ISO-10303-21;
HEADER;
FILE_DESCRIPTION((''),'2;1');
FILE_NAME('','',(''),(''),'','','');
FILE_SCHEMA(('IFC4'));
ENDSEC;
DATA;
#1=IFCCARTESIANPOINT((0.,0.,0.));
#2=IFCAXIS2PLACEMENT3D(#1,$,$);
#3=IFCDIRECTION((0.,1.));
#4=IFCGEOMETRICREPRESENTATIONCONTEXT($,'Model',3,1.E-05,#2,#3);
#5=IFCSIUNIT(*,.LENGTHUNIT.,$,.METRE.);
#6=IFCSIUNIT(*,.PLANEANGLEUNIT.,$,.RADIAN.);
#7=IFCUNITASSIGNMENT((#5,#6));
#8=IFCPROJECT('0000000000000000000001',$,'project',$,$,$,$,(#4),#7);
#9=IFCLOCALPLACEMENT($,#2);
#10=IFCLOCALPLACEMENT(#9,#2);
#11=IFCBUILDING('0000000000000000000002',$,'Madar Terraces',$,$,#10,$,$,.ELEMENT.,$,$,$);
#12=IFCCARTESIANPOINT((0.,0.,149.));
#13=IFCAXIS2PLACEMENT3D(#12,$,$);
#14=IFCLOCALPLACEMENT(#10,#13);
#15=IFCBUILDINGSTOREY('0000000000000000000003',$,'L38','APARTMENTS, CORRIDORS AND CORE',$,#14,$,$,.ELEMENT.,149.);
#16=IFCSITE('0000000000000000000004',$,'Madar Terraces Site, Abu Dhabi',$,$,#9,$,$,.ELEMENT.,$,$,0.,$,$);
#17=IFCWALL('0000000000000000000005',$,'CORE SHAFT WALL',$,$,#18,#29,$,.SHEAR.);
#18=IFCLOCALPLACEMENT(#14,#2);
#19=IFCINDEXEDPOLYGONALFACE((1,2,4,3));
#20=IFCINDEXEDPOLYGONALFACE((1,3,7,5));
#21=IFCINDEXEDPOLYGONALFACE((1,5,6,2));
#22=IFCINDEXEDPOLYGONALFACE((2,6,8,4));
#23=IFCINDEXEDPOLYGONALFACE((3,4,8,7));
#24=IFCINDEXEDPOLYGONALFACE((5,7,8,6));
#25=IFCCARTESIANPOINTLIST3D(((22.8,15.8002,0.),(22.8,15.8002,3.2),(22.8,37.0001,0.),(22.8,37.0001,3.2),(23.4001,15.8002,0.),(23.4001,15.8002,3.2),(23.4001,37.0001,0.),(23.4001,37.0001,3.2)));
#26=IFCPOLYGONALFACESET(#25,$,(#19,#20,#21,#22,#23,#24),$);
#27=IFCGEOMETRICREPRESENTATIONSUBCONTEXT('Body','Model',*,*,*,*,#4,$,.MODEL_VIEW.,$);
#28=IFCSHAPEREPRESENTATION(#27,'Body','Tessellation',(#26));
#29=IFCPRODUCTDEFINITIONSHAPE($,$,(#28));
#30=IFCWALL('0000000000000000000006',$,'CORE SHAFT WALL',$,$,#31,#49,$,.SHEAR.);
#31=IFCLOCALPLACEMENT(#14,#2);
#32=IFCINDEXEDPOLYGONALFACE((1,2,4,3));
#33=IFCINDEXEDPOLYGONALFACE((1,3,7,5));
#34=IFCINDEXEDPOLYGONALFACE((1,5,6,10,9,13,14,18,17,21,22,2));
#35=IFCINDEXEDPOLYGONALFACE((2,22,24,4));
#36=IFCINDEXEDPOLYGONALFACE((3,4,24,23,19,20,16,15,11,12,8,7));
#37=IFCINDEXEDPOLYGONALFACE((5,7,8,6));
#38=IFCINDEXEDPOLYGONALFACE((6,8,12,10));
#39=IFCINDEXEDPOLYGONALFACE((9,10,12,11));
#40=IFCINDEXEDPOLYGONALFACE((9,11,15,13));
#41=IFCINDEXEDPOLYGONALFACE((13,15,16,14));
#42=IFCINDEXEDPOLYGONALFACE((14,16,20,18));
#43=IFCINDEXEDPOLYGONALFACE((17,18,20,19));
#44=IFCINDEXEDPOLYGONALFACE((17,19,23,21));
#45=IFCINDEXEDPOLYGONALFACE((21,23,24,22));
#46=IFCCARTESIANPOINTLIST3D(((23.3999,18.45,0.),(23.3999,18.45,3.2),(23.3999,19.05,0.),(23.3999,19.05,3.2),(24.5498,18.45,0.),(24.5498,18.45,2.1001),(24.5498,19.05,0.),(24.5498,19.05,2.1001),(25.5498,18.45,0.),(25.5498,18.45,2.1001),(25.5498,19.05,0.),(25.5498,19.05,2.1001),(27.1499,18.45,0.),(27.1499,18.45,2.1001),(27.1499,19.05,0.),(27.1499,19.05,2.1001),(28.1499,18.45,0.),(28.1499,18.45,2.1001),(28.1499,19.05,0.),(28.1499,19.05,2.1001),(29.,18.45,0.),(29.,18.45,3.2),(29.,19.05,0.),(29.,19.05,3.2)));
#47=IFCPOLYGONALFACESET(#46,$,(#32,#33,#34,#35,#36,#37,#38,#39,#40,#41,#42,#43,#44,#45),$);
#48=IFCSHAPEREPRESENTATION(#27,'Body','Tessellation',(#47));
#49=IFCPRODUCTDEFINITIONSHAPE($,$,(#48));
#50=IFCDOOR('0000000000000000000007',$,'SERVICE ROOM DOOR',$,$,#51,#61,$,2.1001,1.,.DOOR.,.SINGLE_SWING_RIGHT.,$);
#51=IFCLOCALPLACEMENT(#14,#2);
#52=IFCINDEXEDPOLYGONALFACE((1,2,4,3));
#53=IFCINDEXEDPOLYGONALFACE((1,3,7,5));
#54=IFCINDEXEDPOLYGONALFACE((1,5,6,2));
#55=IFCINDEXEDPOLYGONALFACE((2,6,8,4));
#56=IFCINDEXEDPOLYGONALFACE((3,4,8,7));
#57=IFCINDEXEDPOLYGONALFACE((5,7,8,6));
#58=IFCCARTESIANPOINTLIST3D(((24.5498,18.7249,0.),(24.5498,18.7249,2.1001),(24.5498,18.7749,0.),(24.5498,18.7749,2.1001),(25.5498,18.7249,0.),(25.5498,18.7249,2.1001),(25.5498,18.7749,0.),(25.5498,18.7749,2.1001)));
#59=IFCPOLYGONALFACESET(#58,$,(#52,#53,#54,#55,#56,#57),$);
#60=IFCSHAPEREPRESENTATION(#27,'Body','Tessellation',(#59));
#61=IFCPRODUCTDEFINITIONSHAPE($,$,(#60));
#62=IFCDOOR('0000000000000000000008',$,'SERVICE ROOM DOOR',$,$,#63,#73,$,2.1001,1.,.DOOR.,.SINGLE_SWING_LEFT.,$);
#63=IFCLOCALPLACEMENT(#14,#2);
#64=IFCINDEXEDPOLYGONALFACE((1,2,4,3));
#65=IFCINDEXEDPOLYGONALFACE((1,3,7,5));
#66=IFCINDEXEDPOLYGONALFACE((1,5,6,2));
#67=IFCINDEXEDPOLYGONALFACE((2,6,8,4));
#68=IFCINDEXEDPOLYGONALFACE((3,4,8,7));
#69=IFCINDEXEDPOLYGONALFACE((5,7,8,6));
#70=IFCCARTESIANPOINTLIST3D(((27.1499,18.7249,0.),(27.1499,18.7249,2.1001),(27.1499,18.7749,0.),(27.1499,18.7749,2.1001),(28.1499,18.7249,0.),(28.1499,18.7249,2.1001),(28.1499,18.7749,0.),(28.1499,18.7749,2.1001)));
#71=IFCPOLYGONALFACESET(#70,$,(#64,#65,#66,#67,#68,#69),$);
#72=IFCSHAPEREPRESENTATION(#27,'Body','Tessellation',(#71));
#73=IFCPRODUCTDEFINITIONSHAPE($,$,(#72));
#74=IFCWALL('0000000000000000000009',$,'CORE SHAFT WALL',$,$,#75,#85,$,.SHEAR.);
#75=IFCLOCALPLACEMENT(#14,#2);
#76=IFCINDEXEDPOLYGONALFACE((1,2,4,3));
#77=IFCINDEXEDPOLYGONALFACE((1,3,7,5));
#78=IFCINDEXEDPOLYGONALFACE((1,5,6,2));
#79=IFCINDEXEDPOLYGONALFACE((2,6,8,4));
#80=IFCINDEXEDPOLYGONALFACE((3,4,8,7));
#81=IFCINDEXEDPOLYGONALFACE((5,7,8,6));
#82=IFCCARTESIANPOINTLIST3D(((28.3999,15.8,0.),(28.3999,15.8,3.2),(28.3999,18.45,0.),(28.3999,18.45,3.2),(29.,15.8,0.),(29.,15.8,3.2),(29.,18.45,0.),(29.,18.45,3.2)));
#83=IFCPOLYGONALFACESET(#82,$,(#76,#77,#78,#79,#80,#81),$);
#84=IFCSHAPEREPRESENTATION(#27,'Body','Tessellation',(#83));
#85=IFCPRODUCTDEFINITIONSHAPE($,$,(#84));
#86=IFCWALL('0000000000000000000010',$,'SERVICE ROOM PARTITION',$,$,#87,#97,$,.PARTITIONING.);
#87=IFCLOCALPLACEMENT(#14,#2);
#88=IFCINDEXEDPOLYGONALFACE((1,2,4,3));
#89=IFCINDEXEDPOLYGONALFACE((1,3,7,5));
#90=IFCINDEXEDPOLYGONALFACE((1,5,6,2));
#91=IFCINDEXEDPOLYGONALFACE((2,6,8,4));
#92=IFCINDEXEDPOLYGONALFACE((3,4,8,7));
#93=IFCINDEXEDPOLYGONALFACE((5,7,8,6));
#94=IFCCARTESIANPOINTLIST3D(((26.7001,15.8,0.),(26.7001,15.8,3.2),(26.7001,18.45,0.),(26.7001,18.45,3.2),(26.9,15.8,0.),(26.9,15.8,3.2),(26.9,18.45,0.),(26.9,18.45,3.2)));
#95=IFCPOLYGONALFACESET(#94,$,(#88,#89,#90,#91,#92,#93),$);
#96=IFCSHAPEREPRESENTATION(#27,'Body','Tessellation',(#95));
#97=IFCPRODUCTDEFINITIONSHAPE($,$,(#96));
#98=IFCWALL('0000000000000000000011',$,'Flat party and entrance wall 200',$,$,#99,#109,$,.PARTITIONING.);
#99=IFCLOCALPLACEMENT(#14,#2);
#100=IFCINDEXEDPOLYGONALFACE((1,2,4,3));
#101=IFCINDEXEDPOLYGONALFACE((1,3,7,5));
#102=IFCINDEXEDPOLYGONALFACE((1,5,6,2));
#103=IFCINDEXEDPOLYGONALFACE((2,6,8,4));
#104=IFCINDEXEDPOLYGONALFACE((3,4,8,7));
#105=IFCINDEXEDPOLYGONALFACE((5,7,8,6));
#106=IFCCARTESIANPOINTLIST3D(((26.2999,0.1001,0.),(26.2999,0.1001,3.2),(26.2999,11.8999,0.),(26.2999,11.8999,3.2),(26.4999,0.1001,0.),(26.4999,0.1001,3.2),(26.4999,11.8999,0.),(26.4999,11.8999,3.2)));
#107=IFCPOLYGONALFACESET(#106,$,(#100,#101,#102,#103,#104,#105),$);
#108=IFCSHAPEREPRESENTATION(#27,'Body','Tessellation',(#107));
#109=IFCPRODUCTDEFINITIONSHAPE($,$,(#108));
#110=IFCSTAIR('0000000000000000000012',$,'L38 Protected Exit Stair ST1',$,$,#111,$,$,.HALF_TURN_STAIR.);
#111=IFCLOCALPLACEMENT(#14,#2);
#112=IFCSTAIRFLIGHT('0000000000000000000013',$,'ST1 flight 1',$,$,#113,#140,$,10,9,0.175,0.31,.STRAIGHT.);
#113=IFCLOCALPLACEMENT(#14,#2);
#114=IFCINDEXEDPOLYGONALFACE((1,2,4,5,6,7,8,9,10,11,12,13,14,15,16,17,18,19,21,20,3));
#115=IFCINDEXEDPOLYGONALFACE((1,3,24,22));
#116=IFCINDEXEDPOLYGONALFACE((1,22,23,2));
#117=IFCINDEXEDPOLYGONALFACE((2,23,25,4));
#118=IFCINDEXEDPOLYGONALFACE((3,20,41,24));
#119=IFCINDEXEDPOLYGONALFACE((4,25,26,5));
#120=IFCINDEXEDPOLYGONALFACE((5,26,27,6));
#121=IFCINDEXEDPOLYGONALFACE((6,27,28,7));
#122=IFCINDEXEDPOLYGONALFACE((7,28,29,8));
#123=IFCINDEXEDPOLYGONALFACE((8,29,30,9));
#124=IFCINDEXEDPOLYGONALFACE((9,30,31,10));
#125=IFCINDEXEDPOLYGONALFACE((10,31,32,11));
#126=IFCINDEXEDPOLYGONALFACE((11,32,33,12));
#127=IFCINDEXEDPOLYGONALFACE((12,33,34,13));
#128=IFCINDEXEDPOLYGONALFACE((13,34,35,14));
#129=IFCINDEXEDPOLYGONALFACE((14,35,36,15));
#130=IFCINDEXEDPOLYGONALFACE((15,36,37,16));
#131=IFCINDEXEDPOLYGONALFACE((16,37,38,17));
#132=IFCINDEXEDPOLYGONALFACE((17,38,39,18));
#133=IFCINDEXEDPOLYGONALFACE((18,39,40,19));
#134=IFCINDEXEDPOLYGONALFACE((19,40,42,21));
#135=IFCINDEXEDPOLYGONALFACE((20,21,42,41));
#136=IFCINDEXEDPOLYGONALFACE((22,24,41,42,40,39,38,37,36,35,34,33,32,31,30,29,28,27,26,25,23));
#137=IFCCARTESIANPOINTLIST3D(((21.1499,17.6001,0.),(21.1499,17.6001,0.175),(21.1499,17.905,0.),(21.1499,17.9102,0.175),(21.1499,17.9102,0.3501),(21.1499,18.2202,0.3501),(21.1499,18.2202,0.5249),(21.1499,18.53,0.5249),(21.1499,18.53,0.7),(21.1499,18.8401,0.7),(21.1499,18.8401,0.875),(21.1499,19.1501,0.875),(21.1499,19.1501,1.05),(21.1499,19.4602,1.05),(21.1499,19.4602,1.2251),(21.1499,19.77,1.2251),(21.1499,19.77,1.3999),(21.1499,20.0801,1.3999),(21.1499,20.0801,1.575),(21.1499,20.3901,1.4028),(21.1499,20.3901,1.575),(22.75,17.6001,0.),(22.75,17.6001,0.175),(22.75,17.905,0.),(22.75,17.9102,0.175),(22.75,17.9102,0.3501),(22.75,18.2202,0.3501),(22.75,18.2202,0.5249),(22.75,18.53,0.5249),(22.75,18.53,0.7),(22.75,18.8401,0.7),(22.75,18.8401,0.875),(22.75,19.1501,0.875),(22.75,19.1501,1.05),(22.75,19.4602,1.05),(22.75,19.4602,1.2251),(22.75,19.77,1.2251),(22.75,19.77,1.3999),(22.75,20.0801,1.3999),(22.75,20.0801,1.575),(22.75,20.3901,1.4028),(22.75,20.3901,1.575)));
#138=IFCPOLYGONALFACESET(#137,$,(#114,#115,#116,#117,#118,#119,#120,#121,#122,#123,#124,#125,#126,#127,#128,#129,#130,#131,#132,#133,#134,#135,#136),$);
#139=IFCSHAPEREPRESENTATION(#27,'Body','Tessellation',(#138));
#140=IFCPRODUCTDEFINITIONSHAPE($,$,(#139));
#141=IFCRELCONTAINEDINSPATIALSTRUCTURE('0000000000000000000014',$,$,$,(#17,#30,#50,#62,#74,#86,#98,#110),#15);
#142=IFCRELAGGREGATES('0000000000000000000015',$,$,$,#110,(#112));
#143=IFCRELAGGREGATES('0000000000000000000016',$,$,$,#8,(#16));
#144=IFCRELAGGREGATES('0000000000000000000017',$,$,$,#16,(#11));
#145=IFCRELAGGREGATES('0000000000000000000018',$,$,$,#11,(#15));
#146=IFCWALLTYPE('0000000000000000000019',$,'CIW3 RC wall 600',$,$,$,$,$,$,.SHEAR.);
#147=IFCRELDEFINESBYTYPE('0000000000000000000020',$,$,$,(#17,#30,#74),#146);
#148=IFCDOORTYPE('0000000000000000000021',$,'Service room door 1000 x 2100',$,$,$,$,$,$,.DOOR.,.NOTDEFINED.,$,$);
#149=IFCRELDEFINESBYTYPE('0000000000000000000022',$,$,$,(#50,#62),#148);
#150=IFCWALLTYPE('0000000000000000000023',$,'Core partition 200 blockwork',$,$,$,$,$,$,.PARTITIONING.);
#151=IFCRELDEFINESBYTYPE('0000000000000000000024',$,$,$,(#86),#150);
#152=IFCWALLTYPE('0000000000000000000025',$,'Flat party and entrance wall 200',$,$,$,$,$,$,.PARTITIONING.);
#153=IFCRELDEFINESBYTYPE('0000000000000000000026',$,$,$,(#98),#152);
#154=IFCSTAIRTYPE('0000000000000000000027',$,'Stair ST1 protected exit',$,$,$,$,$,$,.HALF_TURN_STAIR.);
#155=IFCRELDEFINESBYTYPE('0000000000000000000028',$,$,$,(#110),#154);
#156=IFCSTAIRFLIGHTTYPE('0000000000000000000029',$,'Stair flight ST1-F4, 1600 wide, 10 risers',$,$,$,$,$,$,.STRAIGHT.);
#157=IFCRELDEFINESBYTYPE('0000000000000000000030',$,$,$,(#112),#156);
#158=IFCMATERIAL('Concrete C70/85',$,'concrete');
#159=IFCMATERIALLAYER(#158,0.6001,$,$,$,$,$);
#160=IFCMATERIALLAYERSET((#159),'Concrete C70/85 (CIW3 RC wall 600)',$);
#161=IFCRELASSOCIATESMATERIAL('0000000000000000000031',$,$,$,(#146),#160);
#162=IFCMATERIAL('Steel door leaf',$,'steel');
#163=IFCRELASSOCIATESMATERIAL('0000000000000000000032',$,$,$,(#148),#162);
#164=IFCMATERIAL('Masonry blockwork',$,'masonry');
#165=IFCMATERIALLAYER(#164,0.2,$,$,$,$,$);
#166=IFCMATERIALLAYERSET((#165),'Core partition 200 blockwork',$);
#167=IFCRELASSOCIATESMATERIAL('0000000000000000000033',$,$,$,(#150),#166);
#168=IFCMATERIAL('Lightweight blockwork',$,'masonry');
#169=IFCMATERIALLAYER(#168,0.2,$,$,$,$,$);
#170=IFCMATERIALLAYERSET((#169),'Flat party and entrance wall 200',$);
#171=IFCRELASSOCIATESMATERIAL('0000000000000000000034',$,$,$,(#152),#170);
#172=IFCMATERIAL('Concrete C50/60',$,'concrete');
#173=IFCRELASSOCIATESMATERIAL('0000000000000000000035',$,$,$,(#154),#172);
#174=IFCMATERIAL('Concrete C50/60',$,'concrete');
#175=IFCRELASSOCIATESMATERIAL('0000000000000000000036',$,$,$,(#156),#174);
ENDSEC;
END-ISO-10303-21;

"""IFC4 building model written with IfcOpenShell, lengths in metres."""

from ifc_helpers import new_model, si_unit, direction, frame, frame_2d, origin, place, context, subcontext, project, spatial, polyline, rectangle, outline, extrude, material, layer, layer_set, type_object, element, fill, aggregate, save


model = new_model("IFC4")

# Units and contexts
model_context = context("Model", 3, precision=1e-05, world=origin(), true_north=direction((0.0, 1.0)))
body_context = subcontext(model_context, "Body", "Model", "MODEL_VIEW")
ifc_project = project(units=[si_unit("LENGTHUNIT", "METRE"), si_unit("PLANEANGLEUNIT", "RADIAN")], contexts=[model_context])

# Site, building, storey
site_placement = place(None, origin())
site = spatial("IfcSite", under=ifc_project, at=site_placement, Name="Madar Terraces Site, Abu Dhabi", CompositionType="ELEMENT", RefElevation=0.0)
building_placement = place(site_placement, origin())
building = spatial("IfcBuilding", under=site, at=building_placement, Name="Madar Terraces", CompositionType="ELEMENT")
storey_placement = place(building_placement, frame((0.0, 0.0, 149.0)))
storey = spatial("IfcBuildingStorey", under=building, at=storey_placement, Name="L38", Description="APARTMENTS, CORRIDORS AND CORE", CompositionType="ELEMENT", Elevation=149.0)

# Wall
ifc_material_1 = material(Name="Concrete C70/85", Category="concrete")
ifc_layer_1 = layer(ifc_material_1, 0.6001)
ifc_layer_set_1 = layer_set([ifc_layer_1], Name="Concrete C70/85 (CIW3 RC wall 600)")
wall_type_1 = type_object("IfcWallType", Name="CIW3 RC wall 600", PredefinedType="SHEAR", material=ifc_layer_set_1)
wall_1_placement = place(storey_placement, frame((23.1001, 15.8, 0.0), z_axis=(0.0, 0.0, 1.0), x_axis=(0.0, 1.0, 0.0)))
element("IfcWall", 1, at=wall_1_placement, inside=storey, type_object=wall_type_1, Name="CORE SHAFT WALL", PredefinedType="SHEAR", context=body_context, shape_type="SweptSolid", body=[
    extrude(rectangle(XDim=21.2, YDim=0.6001, at=frame_2d((10.6001, 0.0))), origin(), (0.0, 0.0, 1.0), 3.2),
])

# Wall, openings, doors
wall_2_placement = place(storey_placement, frame((23.3999, 18.75, 0.0), z_axis=(0.0, 0.0, 1.0), x_axis=(1.0, 0.0, 0.0)))
wall_2 = element("IfcWall", 2, at=wall_2_placement, inside=storey, type_object=wall_type_1, Name="CORE SHAFT WALL", PredefinedType="SHEAR", context=body_context, shape_type="SweptSolid", body=[
    extrude(rectangle(XDim=5.6001, YDim=0.6001, at=frame_2d((2.8, 0.0))), origin(), (0.0, 0.0, 1.0), 3.2),
])
opening_1_placement = place(wall_2_placement, frame((1.1499, 0.0, 0.0)))
opening_1 = element("IfcOpeningElement", 3, at=opening_1_placement, cuts=wall_2, PredefinedType="OPENING", context=body_context, shape_type="SweptSolid", body=[
    extrude(rectangle(XDim=1.0, YDim=2.1001, at=frame_2d((0.5, 1.05))), frame((0.0, 0.3101, 0.0), z_axis=(0.0, -1.0, 0.0), x_axis=(1.0, 0.0, 0.0)), (0.0, 0.0, 1.0), 0.6201),
])
opening_2_placement = place(wall_2_placement, frame((3.75, 0.0, 0.0)))
opening_2 = element("IfcOpeningElement", 4, at=opening_2_placement, cuts=wall_2, PredefinedType="OPENING", context=body_context, shape_type="SweptSolid", body=[
    extrude(rectangle(XDim=1.0, YDim=2.1001, at=frame_2d((0.5, 1.05))), frame((0.0, 0.3101, 0.0), z_axis=(0.0, -1.0, 0.0), x_axis=(1.0, 0.0, 0.0)), (0.0, 0.0, 1.0), 0.6201),
])
ifc_material_2 = material(Name="Steel door leaf", Category="steel")
door_type = type_object("IfcDoorType", Name="Service room door 1000 x 2100", OperationType="NOTDEFINED", PredefinedType="DOOR", material=ifc_material_2)
door_1_placement = place(opening_1_placement, origin())
door_1 = element("IfcDoor", 5, at=door_1_placement, inside=storey, type_object=door_type, Name="SERVICE ROOM DOOR", OperationType="SINGLE_SWING_RIGHT", OverallHeight=2.1001, OverallWidth=1.0, PredefinedType="DOOR", context=body_context, shape_type="SweptSolid", body=[
    extrude(rectangle(XDim=1.0, YDim=2.1001, at=frame_2d((0.5, 1.05))), frame((0.0, 0.0249, 0.0), z_axis=(0.0, -1.0, 0.0), x_axis=(1.0, 0.0, 0.0)), (0.0, 0.0, 1.0), 0.05),
])
fill(opening_1, door_1)
door_2_placement = place(opening_2_placement, origin())
door_2 = element("IfcDoor", 6, at=door_2_placement, inside=storey, type_object=door_type, Name="SERVICE ROOM DOOR", OperationType="SINGLE_SWING_LEFT", OverallHeight=2.1001, OverallWidth=1.0, PredefinedType="DOOR", context=body_context, shape_type="SweptSolid", body=[
    extrude(rectangle(XDim=1.0, YDim=2.1001, at=frame_2d((0.5, 1.05))), frame((0.0, 0.0249, 0.0), z_axis=(0.0, -1.0, 0.0), x_axis=(1.0, 0.0, 0.0)), (0.0, 0.0, 1.0), 0.05),
])
fill(opening_2, door_2)

# Walls
wall_3_placement = place(storey_placement, frame((28.7, 15.8, 0.0), z_axis=(0.0, 0.0, 1.0), x_axis=(0.0, 1.0, 0.0)))
element("IfcWall", 7, at=wall_3_placement, inside=storey, type_object=wall_type_1, Name="CORE SHAFT WALL", PredefinedType="SHEAR", context=body_context, shape_type="SweptSolid", body=[
    extrude(rectangle(XDim=2.6499, YDim=0.6001, at=frame_2d((1.325, 0.0))), origin(), (0.0, 0.0, 1.0), 3.2),
])
ifc_material_3 = material(Name="Masonry blockwork", Category="masonry")
ifc_layer_2 = layer(ifc_material_3, 0.2)
ifc_layer_set_2 = layer_set([ifc_layer_2], Name="Core partition 200 blockwork")
wall_type_2 = type_object("IfcWallType", Name="Core partition 200 blockwork", PredefinedType="PARTITIONING", material=ifc_layer_set_2)
wall_4_placement = place(storey_placement, frame((26.8, 15.8, 0.0), z_axis=(0.0, 0.0, 1.0), x_axis=(0.0, 1.0, 0.0)))
element("IfcWall", 8, at=wall_4_placement, inside=storey, type_object=wall_type_2, Name="SERVICE ROOM PARTITION", PredefinedType="PARTITIONING", context=body_context, shape_type="SweptSolid", body=[
    extrude(rectangle(XDim=2.6499, YDim=0.2, at=frame_2d((1.325, 0.0))), origin(), (0.0, 0.0, 1.0), 3.2),
])
ifc_material_4 = material(Name="Lightweight blockwork", Category="masonry")
ifc_layer_3 = layer(ifc_material_4, 0.2)
ifc_layer_set_3 = layer_set([ifc_layer_3], Name="Flat party and entrance wall 200")
wall_type_3 = type_object("IfcWallType", Name="Flat party and entrance wall 200", PredefinedType="PARTITIONING", material=ifc_layer_set_3)
wall_5_placement = place(storey_placement, frame((26.3999, 11.8999, 0.0), z_axis=(0.0, 0.0, 1.0), x_axis=(0.0, -1.0, 0.0)))
element("IfcWall", 9, at=wall_5_placement, inside=storey, type_object=wall_type_3, Name="Flat party and entrance wall 200", PredefinedType="PARTITIONING", context=body_context, shape_type="SweptSolid", body=[
    extrude(rectangle(XDim=11.7998, YDim=0.2, at=frame_2d((5.8999, 0.0))), origin(), (0.0, 0.0, 1.0), 3.2),
])

# Stair, stair flight
ifc_material_5 = material(Name="Concrete C50/60", Category="concrete")
stair_type = type_object("IfcStairType", Name="Stair ST1 protected exit", PredefinedType="HALF_TURN_STAIR", material=ifc_material_5)
stair_placement = place(storey_placement, origin())
stair = element("IfcStair", 10, at=stair_placement, inside=storey, type_object=stair_type, Name="L38 Protected Exit Stair ST1", PredefinedType="HALF_TURN_STAIR")
ifc_material_6 = material(Name="Concrete C50/60", Category="concrete")
stair_flight_type = type_object("IfcStairFlightType", Name="Stair flight ST1-F4, 1600 wide, 10 risers", PredefinedType="STRAIGHT", material=ifc_material_6)
stair_flight_placement = place(storey_placement, frame((21.95, 17.6001, 0.0), z_axis=(0.0, 0.0, 1.0), x_axis=(0.0, 1.0, 0.0)))
stair_flight = element("IfcStairFlight", 11, at=stair_flight_placement, type_object=stair_flight_type, Name="ST1 flight 1", NumberOfRisers=10, NumberOfTreads=9, PredefinedType="STRAIGHT", RiserHeight=0.175, TreadLength=0.31, context=body_context, shape_type="SweptSolid", body=[
    extrude(outline(polyline([(0.0, 0.0), (0.0, 0.175), (0.3101, 0.175), (0.3101, 0.3501), (0.6201, 0.3501), (0.6201, 0.5249), (0.9299, 0.5249), (0.9299, 0.7), (1.24, 0.7), (1.24, 0.875), (1.55, 0.875), (1.55, 1.05), (1.8601, 1.05), (1.8601, 1.2251), (2.1699, 1.2251), (2.1699, 1.3999), (2.48, 1.3999), (2.48, 1.575), (2.79, 1.575), (2.79, 1.75), (2.79, 1.4028), (0.3049, 0.0), (0.0, 0.0)])), frame((0.0, 0.8, 0.0), z_axis=(0.0, -1.0, 0.0), x_axis=(1.0, 0.0, 0.0)), (0.0, 0.0, 1.0), 1.6001),
])
aggregate(stair, [stair_flight])

save(model, "model.ifc")
